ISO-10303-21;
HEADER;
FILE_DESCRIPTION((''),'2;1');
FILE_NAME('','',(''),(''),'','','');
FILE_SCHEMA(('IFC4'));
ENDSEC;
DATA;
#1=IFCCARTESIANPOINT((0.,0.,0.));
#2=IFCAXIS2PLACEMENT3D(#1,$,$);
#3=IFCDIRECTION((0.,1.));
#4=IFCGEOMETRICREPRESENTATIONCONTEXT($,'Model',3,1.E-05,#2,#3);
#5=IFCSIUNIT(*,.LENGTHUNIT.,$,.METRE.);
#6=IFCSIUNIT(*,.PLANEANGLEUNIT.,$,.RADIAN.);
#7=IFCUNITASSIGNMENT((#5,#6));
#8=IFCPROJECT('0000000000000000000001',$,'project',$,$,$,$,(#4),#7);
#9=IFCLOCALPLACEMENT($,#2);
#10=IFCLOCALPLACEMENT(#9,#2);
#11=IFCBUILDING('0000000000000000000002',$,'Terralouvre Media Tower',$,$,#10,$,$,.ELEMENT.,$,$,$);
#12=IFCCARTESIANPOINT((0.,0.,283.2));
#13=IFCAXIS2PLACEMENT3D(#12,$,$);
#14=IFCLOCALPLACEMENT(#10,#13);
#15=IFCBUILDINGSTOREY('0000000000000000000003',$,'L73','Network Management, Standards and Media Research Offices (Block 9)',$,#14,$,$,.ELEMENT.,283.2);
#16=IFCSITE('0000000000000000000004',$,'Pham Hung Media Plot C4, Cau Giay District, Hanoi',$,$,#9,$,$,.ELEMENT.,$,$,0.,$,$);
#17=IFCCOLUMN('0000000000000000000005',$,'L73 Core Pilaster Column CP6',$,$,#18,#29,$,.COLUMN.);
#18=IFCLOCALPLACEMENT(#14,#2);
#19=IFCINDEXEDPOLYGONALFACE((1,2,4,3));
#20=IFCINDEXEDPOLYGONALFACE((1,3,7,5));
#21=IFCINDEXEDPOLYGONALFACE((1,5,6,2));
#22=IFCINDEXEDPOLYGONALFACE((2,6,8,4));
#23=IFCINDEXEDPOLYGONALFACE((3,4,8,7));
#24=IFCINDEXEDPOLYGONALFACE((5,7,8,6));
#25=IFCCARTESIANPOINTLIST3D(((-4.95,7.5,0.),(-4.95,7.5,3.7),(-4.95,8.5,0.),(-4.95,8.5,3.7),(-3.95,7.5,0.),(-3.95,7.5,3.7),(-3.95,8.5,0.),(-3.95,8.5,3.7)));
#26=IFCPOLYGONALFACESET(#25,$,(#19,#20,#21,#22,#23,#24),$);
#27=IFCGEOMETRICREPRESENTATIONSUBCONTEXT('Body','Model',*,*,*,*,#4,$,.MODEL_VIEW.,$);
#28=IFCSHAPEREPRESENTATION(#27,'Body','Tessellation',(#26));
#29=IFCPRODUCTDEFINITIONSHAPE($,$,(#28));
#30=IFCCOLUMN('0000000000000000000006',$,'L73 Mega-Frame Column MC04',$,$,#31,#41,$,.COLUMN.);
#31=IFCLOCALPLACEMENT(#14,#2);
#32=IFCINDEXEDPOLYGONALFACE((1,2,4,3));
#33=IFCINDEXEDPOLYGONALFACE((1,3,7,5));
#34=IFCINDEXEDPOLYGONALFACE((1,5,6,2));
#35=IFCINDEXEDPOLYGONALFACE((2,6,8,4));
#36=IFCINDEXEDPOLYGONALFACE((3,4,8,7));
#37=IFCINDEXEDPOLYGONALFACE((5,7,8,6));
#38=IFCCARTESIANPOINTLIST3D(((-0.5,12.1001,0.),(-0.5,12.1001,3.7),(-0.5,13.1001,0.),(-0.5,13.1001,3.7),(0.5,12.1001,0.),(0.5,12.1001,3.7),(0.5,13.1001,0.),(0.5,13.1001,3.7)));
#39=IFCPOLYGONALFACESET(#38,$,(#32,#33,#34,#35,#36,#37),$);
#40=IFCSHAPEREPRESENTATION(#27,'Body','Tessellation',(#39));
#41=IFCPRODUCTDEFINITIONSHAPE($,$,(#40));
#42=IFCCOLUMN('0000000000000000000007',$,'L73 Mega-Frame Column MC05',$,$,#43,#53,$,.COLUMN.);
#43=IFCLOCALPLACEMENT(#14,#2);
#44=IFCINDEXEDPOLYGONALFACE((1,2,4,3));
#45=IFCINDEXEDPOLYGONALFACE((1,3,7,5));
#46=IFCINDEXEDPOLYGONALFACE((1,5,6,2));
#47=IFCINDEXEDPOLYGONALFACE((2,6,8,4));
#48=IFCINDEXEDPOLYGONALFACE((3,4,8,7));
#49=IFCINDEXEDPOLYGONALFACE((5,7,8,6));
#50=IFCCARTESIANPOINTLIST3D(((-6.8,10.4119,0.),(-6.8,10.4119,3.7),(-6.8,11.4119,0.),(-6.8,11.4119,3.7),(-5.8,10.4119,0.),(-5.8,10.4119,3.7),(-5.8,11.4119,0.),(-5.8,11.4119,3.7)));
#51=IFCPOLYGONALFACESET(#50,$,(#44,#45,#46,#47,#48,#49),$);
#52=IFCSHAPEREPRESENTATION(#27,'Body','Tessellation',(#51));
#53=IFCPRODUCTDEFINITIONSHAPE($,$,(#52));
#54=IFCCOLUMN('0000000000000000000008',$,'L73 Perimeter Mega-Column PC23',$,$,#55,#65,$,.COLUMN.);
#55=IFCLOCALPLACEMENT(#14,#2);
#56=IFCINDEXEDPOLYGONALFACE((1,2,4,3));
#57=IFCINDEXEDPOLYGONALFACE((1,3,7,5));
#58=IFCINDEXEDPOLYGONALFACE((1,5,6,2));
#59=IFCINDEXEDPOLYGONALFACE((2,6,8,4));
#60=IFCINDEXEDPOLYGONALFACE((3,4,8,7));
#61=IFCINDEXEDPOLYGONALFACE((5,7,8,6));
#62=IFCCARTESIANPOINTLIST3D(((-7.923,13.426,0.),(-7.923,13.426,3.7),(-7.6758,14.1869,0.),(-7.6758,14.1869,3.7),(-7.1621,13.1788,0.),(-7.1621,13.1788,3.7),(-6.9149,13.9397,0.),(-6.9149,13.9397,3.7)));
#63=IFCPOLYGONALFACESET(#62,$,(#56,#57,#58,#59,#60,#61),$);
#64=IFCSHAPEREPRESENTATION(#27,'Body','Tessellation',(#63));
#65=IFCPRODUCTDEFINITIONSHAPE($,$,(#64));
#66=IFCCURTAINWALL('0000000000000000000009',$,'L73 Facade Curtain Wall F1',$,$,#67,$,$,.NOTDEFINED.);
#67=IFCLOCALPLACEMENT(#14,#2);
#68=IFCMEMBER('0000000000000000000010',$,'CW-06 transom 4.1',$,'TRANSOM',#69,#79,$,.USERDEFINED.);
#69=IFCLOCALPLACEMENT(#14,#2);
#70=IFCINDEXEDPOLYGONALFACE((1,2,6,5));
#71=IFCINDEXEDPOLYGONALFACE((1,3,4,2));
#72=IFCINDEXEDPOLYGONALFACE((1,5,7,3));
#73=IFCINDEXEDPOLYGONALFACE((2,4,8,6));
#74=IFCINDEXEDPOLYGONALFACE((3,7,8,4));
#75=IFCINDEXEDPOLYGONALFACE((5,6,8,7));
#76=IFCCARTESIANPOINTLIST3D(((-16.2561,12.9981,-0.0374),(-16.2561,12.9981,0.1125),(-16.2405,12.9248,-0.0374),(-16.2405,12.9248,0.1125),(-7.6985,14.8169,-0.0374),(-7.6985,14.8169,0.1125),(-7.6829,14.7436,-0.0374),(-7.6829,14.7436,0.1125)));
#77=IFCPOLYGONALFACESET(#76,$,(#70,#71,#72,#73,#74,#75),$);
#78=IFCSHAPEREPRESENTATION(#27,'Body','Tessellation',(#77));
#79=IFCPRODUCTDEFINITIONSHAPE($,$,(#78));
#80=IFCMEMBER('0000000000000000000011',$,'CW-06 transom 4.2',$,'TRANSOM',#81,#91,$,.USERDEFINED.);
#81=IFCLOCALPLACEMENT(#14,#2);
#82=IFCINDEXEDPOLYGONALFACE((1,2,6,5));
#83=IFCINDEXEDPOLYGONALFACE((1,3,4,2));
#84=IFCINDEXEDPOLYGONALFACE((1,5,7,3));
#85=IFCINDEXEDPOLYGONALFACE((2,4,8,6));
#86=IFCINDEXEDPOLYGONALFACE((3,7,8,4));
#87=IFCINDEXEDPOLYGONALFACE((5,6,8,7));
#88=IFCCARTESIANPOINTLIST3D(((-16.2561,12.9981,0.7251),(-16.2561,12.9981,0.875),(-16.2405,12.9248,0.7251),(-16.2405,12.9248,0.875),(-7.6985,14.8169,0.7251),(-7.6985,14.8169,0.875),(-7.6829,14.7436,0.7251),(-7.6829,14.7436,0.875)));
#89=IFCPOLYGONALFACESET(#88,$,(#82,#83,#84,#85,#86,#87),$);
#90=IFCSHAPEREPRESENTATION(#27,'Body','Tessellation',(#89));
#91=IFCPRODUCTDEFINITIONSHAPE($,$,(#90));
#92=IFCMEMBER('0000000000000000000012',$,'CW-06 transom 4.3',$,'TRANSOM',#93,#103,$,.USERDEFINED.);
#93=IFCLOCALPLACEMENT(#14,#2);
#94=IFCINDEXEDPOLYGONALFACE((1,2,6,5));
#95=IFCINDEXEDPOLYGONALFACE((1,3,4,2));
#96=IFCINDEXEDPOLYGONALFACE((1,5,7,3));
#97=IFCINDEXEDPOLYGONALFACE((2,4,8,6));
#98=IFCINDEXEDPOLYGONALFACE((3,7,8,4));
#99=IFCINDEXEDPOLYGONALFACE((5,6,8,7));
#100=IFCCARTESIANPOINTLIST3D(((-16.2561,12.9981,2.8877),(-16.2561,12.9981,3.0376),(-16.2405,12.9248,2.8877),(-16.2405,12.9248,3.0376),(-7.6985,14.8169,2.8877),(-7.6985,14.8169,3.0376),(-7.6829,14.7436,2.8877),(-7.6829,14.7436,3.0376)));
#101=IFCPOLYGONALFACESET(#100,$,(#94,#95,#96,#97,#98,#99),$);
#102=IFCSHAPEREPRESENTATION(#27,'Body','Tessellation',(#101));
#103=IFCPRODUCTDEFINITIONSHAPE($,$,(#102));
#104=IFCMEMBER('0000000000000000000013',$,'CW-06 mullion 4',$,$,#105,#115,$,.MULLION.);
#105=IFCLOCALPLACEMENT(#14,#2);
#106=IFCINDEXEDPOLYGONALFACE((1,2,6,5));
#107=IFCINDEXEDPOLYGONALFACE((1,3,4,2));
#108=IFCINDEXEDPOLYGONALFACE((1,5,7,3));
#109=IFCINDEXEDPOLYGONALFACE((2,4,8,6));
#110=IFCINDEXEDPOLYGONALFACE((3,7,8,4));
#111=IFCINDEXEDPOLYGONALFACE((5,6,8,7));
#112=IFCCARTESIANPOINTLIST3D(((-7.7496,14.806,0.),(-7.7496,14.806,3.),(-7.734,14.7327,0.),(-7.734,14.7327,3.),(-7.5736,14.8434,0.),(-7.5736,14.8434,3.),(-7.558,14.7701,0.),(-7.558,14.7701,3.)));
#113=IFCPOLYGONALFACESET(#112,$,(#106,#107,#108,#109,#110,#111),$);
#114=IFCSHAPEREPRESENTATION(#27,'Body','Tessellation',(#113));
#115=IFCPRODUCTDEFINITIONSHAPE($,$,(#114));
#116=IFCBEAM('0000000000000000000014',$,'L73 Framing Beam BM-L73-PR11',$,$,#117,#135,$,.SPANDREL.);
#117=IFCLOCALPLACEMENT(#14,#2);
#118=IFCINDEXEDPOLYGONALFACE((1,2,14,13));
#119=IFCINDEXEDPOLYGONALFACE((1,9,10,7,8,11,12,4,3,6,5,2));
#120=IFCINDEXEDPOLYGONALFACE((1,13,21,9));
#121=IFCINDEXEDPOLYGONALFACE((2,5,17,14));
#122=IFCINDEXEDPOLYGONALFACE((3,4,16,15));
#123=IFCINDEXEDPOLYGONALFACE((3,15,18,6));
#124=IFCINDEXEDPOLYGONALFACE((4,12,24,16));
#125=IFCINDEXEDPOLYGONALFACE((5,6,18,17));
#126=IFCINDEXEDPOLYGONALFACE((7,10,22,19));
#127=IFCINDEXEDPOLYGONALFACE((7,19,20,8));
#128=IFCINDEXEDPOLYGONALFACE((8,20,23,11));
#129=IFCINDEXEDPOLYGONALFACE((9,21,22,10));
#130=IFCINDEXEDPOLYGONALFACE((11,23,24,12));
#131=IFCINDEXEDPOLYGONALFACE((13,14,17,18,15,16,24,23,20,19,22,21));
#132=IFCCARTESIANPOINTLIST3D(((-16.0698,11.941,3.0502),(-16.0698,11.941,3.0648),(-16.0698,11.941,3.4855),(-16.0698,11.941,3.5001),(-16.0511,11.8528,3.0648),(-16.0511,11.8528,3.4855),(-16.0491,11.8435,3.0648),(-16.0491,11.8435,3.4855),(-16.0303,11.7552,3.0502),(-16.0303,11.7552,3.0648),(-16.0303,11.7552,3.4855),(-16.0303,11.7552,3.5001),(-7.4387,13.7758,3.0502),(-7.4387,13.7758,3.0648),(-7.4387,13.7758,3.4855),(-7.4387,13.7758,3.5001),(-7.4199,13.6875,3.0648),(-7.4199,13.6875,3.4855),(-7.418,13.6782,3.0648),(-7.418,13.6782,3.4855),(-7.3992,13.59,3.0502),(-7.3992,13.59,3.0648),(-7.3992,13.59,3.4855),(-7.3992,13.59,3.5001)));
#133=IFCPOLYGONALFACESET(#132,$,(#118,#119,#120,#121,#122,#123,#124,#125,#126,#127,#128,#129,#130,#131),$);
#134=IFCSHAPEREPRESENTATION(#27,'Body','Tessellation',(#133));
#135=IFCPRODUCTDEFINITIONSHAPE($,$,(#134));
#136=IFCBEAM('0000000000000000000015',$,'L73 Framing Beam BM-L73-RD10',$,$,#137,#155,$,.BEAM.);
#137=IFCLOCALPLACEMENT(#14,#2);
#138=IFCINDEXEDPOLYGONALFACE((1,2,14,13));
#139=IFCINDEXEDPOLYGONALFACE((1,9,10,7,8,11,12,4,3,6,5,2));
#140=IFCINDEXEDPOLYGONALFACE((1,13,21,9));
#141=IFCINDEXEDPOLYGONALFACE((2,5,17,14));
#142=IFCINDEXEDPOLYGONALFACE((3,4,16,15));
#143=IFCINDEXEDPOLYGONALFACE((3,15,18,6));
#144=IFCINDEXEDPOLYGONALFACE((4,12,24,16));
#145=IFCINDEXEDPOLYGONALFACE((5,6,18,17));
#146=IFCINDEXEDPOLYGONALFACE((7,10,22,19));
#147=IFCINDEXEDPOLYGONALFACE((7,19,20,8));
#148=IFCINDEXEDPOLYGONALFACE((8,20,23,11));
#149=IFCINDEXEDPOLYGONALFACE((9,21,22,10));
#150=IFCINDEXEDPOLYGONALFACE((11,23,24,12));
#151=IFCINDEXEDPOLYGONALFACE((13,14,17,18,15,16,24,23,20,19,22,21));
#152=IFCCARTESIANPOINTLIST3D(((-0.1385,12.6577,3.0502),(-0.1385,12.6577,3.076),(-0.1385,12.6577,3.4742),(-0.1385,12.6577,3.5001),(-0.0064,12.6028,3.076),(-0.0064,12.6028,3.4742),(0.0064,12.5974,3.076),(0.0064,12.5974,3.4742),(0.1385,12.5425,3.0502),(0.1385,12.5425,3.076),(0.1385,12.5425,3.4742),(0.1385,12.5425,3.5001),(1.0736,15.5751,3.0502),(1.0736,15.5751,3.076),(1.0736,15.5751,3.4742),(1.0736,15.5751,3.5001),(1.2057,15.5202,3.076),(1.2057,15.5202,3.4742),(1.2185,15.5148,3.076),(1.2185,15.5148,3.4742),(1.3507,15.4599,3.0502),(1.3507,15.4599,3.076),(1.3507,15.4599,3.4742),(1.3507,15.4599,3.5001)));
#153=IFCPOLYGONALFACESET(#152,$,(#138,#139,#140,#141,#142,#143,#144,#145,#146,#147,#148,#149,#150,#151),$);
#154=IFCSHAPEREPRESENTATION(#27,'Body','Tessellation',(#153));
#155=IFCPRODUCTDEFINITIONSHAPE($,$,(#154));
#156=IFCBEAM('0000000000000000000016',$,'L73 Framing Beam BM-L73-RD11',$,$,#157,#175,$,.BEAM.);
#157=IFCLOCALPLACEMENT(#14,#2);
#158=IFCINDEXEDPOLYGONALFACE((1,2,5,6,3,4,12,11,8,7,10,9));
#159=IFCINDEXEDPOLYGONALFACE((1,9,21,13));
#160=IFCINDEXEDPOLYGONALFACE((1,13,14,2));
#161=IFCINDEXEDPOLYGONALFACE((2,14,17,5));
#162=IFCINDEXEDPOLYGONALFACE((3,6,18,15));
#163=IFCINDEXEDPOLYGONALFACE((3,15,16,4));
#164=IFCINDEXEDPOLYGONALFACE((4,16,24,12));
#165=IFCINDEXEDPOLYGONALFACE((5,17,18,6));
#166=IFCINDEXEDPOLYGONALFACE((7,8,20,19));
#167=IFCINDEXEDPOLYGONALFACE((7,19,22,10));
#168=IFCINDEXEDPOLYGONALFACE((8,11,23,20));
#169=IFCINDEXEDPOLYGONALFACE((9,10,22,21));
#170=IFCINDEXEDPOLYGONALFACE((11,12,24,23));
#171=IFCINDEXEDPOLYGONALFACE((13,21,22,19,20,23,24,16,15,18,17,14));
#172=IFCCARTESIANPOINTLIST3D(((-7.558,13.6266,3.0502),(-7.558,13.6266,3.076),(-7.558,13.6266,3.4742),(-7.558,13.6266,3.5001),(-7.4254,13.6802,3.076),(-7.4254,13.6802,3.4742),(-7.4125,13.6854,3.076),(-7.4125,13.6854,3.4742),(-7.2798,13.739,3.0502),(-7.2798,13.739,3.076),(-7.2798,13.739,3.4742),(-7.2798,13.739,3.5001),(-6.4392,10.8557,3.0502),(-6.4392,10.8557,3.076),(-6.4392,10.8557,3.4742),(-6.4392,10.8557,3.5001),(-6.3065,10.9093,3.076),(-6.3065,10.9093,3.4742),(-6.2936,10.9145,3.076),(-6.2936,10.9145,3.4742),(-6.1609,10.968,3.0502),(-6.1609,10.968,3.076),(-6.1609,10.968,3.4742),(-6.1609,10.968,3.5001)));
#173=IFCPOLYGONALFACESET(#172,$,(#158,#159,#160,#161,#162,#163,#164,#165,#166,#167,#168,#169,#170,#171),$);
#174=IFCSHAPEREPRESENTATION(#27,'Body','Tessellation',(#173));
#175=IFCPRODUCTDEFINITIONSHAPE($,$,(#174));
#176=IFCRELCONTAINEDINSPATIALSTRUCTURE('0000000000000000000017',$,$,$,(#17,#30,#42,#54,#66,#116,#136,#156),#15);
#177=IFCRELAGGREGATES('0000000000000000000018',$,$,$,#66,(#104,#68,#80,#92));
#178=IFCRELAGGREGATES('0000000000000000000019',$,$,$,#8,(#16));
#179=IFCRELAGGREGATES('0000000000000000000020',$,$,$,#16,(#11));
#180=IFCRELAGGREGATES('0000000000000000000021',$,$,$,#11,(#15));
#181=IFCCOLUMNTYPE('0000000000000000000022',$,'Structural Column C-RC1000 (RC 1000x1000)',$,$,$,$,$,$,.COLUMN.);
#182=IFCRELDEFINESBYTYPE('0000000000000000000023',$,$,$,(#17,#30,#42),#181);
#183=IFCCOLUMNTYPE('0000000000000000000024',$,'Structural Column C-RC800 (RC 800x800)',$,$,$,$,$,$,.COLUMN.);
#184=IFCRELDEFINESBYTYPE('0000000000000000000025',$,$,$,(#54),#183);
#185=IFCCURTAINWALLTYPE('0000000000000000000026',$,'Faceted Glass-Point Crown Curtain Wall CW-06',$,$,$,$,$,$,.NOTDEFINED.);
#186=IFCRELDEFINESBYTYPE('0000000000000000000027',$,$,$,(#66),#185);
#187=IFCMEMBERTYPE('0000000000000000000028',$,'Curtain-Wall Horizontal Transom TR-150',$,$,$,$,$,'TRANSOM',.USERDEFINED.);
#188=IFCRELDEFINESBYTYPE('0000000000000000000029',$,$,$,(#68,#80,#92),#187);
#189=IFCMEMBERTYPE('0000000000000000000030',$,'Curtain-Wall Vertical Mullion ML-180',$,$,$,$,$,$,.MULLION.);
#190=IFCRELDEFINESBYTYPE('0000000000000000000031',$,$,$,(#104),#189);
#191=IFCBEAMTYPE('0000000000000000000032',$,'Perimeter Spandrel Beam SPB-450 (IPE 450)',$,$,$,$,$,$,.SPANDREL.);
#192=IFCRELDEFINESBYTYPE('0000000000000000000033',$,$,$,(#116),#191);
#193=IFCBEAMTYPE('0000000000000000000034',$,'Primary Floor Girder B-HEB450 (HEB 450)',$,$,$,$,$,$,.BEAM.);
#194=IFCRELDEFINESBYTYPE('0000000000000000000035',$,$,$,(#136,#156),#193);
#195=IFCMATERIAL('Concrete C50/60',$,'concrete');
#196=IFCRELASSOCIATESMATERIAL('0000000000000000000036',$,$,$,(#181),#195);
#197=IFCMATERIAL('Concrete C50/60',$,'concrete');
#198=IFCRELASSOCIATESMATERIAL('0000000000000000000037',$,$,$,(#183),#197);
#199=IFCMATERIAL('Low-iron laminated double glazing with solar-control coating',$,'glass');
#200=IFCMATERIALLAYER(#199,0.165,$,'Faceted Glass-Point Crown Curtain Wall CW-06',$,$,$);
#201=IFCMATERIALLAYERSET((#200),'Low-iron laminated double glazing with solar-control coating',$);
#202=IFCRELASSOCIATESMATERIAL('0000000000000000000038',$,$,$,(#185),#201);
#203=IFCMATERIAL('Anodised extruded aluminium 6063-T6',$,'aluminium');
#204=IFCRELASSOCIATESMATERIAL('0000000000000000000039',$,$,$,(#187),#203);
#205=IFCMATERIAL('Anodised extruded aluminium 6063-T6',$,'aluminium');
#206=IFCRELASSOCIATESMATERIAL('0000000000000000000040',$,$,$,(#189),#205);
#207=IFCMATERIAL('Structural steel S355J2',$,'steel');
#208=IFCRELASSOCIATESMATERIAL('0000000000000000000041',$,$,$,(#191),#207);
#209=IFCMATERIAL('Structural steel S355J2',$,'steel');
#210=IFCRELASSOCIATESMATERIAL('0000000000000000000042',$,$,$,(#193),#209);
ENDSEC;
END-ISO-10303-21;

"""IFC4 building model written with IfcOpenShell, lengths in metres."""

from ifc_helpers import new_model, si_unit, direction, frame, origin, origin_2d, place, context, subcontext, project, spatial, rectangle, i_section, extrude, material, layer, layer_set, material_profile, profile_set, type_object, element, aggregate, save


model = new_model("IFC4")

# Units and contexts
model_context = context("Model", 3, precision=1e-05, world=origin(), true_north=direction((0.0, 1.0)))
body_context = subcontext(model_context, "Body", "Model", "MODEL_VIEW")
ifc_project = project(units=[si_unit("LENGTHUNIT", "METRE"), si_unit("PLANEANGLEUNIT", "RADIAN")], contexts=[model_context])

# Site, building, storey
site_placement = place(None, origin())
site = spatial("IfcSite", under=ifc_project, at=site_placement, Name="Pham Hung Media Plot C4, Cau Giay District, Hanoi", CompositionType="ELEMENT", RefElevation=0.0)
building_placement = place(site_placement, origin())
building = spatial("IfcBuilding", under=site, at=building_placement, Name="Terralouvre Media Tower", CompositionType="ELEMENT")
storey_placement = place(building_placement, frame((0.0, 0.0, 283.2)))
storey = spatial("IfcBuildingStorey", under=building, at=storey_placement, Name="L73", Description="Network Management, Standards and Media Research Offices (Block 9)", CompositionType="ELEMENT", Elevation=283.2)

# Columns
ifc_material_1 = material(Name="Concrete C50/60", Category="concrete")
ifc_material_profile_1 = material_profile(ifc_material_1, rectangle(XDim=1.0, YDim=1.0, at=origin_2d()), Name="RC 1000x1000")
ifc_profile_set_1 = profile_set([ifc_material_profile_1], Name="Concrete C50/60")
column_type_1 = type_object("IfcColumnType", Name="Structural Column C-RC1000 (RC 1000x1000)", PredefinedType="COLUMN", material=ifc_profile_set_1)
for number, where, z_axis, x_axis, name in (
    (1, (-4.45, 8.0, 0.0), (0.0, 0.0, 1.0), (1.0, 0.0, 0.0), "L73 Core Pilaster Column CP6"),
    (2, (0.0, 12.6001, 0.0), (0.0, 0.0, 1.0), (1.0, 0.0, 0.0), "L73 Mega-Frame Column MC04"),
    (3, (-6.3, 10.9119, 0.0), (0.0, 0.0, 1.0), (1.0, 0.0, 0.0), "L73 Mega-Frame Column MC05"),
):
    element("IfcColumn", number, at=place(storey_placement, frame(where, z_axis=z_axis, x_axis=x_axis)), inside=storey, type_object=column_type_1, Name=name, PredefinedType="COLUMN", context=body_context, shape_type="SweptSolid", body=[
        extrude(rectangle(XDim=1.0, YDim=1.0, at=origin_2d()), origin(), (0.0, 0.0, 1.0), 3.7),
    ])
ifc_material_2 = material(Name="Concrete C50/60", Category="concrete")
ifc_material_profile_2 = material_profile(ifc_material_2, rectangle(XDim=0.8, YDim=0.8, at=origin_2d()), Name="RC 800x800")
ifc_profile_set_2 = profile_set([ifc_material_profile_2], Name="Concrete C50/60")
column_type_2 = type_object("IfcColumnType", Name="Structural Column C-RC800 (RC 800x800)", PredefinedType="COLUMN", material=ifc_profile_set_2)
column_placement = place(storey_placement, frame((-7.4189, 13.6829, 0.0), z_axis=(0.0, 0.0, 1.0), x_axis=(0.309017, 0.951057, 0.0)))
element("IfcColumn", 4, at=column_placement, inside=storey, type_object=column_type_2, Name="L73 Perimeter Mega-Column PC23", PredefinedType="COLUMN", context=body_context, shape_type="SweptSolid", body=[
    extrude(rectangle(XDim=0.8, YDim=0.8, at=origin_2d()), origin(), (0.0, 0.0, 1.0), 3.7),
])

# Curtain wall, members
ifc_material_3 = material(Name="Low-iron laminated double glazing with solar-control coating", Category="glass")
ifc_layer_1 = layer(ifc_material_3, 0.165, Name="Faceted Glass-Point Crown Curtain Wall CW-06")
ifc_layer_set_1 = layer_set([ifc_layer_1], Name="Low-iron laminated double glazing with solar-control coating")
curtain_wall_type = type_object("IfcCurtainWallType", Name="Faceted Glass-Point Crown Curtain Wall CW-06", PredefinedType="NOTDEFINED", material=ifc_layer_set_1)
curtain_wall_placement = place(storey_placement, origin())
curtain_wall = element("IfcCurtainWall", 5, at=curtain_wall_placement, inside=storey, type_object=curtain_wall_type, Name="L73 Facade Curtain Wall F1", PredefinedType="NOTDEFINED")
ifc_material_4 = material(Name="Anodised extruded aluminium 6063-T6", Category="aluminium")
ifc_material_profile_3 = material_profile(ifc_material_4, rectangle(XDim=0.075, YDim=0.1499, at=origin_2d()), Name="ALU 75x150")
ifc_profile_set_3 = profile_set([ifc_material_profile_3], Name="Anodised extruded aluminium 6063-T6")
member_type_1 = type_object("IfcMemberType", Name="Curtain-Wall Horizontal Transom TR-150", ElementType="TRANSOM", PredefinedType="USERDEFINED", material=ifc_profile_set_3)
member_1_placement = place(storey_placement, frame((-7.6907, 14.7803, 0.0376), z_axis=(-0.978151, -0.207897, 0.0), x_axis=(0.207897, -0.978151, 0.0)))
member_1 = element("IfcMember", 6, at=member_1_placement, type_object=member_type_1, Name="CW-06 transom 4.1", ObjectType="TRANSOM", PredefinedType="USERDEFINED", context=body_context, shape_type="SweptSolid", body=[
    extrude(rectangle(XDim=0.075, YDim=0.1499, at=origin_2d()), origin(), (0.0, 0.0, 1.0), 8.7488),
])
member_2_placement = place(storey_placement, frame((-7.6907, 14.7803, 0.8), z_axis=(-0.978151, -0.207897, 0.0), x_axis=(0.207897, -0.978151, 0.0)))
member_2 = element("IfcMember", 7, at=member_2_placement, type_object=member_type_1, Name="CW-06 transom 4.2", ObjectType="TRANSOM", PredefinedType="USERDEFINED", context=body_context, shape_type="SweptSolid", body=[
    extrude(rectangle(XDim=0.075, YDim=0.1499, at=origin_2d()), origin(), (0.0, 0.0, 1.0), 8.7488),
])
member_3_placement = place(storey_placement, frame((-7.6907, 14.7803, 2.9626), z_axis=(-0.978151, -0.207897, 0.0), x_axis=(0.207897, -0.978151, 0.0)))
member_3 = element("IfcMember", 8, at=member_3_placement, type_object=member_type_1, Name="CW-06 transom 4.3", ObjectType="TRANSOM", PredefinedType="USERDEFINED", context=body_context, shape_type="SweptSolid", body=[
    extrude(rectangle(XDim=0.075, YDim=0.1499, at=origin_2d()), origin(), (0.0, 0.0, 1.0), 8.7488),
])
ifc_material_5 = material(Name="Anodised extruded aluminium 6063-T6", Category="aluminium")
ifc_material_profile_4 = material_profile(ifc_material_5, rectangle(XDim=0.075, YDim=0.1799, at=origin_2d()), Name="ALU 75x180")
ifc_profile_set_4 = profile_set([ifc_material_profile_4], Name="Anodised extruded aluminium 6063-T6")
member_type_2 = type_object("IfcMemberType", Name="Curtain-Wall Vertical Mullion ML-180", PredefinedType="MULLION", material=ifc_profile_set_4)
member_4_placement = place(storey_placement, frame((-7.6538, 14.7881, 0.0), z_axis=(0.0, 0.0, 1.0), x_axis=(0.207912, -0.978148, 0.0)))
member_4 = element("IfcMember", 9, at=member_4_placement, type_object=member_type_2, Name="CW-06 mullion 4", PredefinedType="MULLION", context=body_context, shape_type="SweptSolid", body=[
    extrude(rectangle(XDim=0.075, YDim=0.1799, at=origin_2d()), origin(), (0.0, 0.0, 1.0), 3.0),
])

# Beams
ifc_material_6 = material(Name="Structural steel S355J2", Category="steel")
ifc_material_profile_5 = material_profile(ifc_material_6, i_section(OverallWidth=0.1899, OverallDepth=0.45, WebThickness=0.0095, FlangeThickness=0.0146, at=origin_2d()), Name="IPE 450")
ifc_profile_set_5 = profile_set([ifc_material_profile_5], Name="Structural steel S355J2")
beam_type_1 = type_object("IfcBeamType", Name="Perimeter Spandrel Beam SPB-450 (IPE 450)", PredefinedType="SPANDREL", material=ifc_profile_set_5)
beam_1_placement = place(storey_placement, frame((-7.4189, 13.6829, 3.2751), z_axis=(-0.978145, -0.207925, 0.0), x_axis=(0.207925, -0.978145, 0.0)))
element("IfcBeam", 10, at=beam_1_placement, inside=storey, type_object=beam_type_1, Name="L73 Framing Beam BM-L73-PR11", PredefinedType="SPANDREL", context=body_context, shape_type="SweptSolid", body=[
    extrude(i_section(OverallWidth=0.1899, OverallDepth=0.45, WebThickness=0.0095, FlangeThickness=0.0146, at=origin_2d()), origin(), (0.0, 0.0, 1.0), 8.824),
])
ifc_material_7 = material(Name="Structural steel S355J2", Category="steel")
ifc_material_profile_6 = material_profile(ifc_material_7, i_section(OverallWidth=0.3, OverallDepth=0.45, WebThickness=0.0139, FlangeThickness=0.0259, at=origin_2d()), Name="HEB 450")
ifc_profile_set_6 = profile_set([ifc_material_profile_6], Name="Structural steel S355J2")
beam_type_2 = type_object("IfcBeamType", Name="Primary Floor Girder B-HEB450 (HEB 450)", PredefinedType="BEAM", material=ifc_profile_set_6)
beam_2_placement = place(storey_placement, frame((0.0, 12.6001, 3.2751), z_axis=(0.383682, 0.923465, 0.0), x_axis=(-0.923465, 0.383682, 0.0)))
element("IfcBeam", 11, at=beam_2_placement, inside=storey, type_object=beam_type_2, Name="L73 Framing Beam BM-L73-RD10", PredefinedType="BEAM", context=body_context, shape_type="SweptSolid", body=[
    extrude(i_section(OverallWidth=0.3, OverallDepth=0.45, WebThickness=0.0139, FlangeThickness=0.0259, at=origin_2d()), origin(), (0.0, 0.0, 1.0), 3.1592),
])
beam_3_placement = place(storey_placement, frame((-6.3, 10.9119, 3.2751), z_axis=(-0.374417, 0.92726, 0.0), x_axis=(-0.92726, -0.374417, 0.0)))
element("IfcBeam", 12, at=beam_3_placement, inside=storey, type_object=beam_type_2, Name="L73 Framing Beam BM-L73-RD11", PredefinedType="BEAM", context=body_context, shape_type="SweptSolid", body=[
    extrude(i_section(OverallWidth=0.3, OverallDepth=0.45, WebThickness=0.0139, FlangeThickness=0.0259, at=origin_2d()), origin(), (0.0, 0.0, 1.0), 2.9883),
])

aggregate(curtain_wall, [member_4, member_1, member_2, member_3])

save(model, "model.ifc")
